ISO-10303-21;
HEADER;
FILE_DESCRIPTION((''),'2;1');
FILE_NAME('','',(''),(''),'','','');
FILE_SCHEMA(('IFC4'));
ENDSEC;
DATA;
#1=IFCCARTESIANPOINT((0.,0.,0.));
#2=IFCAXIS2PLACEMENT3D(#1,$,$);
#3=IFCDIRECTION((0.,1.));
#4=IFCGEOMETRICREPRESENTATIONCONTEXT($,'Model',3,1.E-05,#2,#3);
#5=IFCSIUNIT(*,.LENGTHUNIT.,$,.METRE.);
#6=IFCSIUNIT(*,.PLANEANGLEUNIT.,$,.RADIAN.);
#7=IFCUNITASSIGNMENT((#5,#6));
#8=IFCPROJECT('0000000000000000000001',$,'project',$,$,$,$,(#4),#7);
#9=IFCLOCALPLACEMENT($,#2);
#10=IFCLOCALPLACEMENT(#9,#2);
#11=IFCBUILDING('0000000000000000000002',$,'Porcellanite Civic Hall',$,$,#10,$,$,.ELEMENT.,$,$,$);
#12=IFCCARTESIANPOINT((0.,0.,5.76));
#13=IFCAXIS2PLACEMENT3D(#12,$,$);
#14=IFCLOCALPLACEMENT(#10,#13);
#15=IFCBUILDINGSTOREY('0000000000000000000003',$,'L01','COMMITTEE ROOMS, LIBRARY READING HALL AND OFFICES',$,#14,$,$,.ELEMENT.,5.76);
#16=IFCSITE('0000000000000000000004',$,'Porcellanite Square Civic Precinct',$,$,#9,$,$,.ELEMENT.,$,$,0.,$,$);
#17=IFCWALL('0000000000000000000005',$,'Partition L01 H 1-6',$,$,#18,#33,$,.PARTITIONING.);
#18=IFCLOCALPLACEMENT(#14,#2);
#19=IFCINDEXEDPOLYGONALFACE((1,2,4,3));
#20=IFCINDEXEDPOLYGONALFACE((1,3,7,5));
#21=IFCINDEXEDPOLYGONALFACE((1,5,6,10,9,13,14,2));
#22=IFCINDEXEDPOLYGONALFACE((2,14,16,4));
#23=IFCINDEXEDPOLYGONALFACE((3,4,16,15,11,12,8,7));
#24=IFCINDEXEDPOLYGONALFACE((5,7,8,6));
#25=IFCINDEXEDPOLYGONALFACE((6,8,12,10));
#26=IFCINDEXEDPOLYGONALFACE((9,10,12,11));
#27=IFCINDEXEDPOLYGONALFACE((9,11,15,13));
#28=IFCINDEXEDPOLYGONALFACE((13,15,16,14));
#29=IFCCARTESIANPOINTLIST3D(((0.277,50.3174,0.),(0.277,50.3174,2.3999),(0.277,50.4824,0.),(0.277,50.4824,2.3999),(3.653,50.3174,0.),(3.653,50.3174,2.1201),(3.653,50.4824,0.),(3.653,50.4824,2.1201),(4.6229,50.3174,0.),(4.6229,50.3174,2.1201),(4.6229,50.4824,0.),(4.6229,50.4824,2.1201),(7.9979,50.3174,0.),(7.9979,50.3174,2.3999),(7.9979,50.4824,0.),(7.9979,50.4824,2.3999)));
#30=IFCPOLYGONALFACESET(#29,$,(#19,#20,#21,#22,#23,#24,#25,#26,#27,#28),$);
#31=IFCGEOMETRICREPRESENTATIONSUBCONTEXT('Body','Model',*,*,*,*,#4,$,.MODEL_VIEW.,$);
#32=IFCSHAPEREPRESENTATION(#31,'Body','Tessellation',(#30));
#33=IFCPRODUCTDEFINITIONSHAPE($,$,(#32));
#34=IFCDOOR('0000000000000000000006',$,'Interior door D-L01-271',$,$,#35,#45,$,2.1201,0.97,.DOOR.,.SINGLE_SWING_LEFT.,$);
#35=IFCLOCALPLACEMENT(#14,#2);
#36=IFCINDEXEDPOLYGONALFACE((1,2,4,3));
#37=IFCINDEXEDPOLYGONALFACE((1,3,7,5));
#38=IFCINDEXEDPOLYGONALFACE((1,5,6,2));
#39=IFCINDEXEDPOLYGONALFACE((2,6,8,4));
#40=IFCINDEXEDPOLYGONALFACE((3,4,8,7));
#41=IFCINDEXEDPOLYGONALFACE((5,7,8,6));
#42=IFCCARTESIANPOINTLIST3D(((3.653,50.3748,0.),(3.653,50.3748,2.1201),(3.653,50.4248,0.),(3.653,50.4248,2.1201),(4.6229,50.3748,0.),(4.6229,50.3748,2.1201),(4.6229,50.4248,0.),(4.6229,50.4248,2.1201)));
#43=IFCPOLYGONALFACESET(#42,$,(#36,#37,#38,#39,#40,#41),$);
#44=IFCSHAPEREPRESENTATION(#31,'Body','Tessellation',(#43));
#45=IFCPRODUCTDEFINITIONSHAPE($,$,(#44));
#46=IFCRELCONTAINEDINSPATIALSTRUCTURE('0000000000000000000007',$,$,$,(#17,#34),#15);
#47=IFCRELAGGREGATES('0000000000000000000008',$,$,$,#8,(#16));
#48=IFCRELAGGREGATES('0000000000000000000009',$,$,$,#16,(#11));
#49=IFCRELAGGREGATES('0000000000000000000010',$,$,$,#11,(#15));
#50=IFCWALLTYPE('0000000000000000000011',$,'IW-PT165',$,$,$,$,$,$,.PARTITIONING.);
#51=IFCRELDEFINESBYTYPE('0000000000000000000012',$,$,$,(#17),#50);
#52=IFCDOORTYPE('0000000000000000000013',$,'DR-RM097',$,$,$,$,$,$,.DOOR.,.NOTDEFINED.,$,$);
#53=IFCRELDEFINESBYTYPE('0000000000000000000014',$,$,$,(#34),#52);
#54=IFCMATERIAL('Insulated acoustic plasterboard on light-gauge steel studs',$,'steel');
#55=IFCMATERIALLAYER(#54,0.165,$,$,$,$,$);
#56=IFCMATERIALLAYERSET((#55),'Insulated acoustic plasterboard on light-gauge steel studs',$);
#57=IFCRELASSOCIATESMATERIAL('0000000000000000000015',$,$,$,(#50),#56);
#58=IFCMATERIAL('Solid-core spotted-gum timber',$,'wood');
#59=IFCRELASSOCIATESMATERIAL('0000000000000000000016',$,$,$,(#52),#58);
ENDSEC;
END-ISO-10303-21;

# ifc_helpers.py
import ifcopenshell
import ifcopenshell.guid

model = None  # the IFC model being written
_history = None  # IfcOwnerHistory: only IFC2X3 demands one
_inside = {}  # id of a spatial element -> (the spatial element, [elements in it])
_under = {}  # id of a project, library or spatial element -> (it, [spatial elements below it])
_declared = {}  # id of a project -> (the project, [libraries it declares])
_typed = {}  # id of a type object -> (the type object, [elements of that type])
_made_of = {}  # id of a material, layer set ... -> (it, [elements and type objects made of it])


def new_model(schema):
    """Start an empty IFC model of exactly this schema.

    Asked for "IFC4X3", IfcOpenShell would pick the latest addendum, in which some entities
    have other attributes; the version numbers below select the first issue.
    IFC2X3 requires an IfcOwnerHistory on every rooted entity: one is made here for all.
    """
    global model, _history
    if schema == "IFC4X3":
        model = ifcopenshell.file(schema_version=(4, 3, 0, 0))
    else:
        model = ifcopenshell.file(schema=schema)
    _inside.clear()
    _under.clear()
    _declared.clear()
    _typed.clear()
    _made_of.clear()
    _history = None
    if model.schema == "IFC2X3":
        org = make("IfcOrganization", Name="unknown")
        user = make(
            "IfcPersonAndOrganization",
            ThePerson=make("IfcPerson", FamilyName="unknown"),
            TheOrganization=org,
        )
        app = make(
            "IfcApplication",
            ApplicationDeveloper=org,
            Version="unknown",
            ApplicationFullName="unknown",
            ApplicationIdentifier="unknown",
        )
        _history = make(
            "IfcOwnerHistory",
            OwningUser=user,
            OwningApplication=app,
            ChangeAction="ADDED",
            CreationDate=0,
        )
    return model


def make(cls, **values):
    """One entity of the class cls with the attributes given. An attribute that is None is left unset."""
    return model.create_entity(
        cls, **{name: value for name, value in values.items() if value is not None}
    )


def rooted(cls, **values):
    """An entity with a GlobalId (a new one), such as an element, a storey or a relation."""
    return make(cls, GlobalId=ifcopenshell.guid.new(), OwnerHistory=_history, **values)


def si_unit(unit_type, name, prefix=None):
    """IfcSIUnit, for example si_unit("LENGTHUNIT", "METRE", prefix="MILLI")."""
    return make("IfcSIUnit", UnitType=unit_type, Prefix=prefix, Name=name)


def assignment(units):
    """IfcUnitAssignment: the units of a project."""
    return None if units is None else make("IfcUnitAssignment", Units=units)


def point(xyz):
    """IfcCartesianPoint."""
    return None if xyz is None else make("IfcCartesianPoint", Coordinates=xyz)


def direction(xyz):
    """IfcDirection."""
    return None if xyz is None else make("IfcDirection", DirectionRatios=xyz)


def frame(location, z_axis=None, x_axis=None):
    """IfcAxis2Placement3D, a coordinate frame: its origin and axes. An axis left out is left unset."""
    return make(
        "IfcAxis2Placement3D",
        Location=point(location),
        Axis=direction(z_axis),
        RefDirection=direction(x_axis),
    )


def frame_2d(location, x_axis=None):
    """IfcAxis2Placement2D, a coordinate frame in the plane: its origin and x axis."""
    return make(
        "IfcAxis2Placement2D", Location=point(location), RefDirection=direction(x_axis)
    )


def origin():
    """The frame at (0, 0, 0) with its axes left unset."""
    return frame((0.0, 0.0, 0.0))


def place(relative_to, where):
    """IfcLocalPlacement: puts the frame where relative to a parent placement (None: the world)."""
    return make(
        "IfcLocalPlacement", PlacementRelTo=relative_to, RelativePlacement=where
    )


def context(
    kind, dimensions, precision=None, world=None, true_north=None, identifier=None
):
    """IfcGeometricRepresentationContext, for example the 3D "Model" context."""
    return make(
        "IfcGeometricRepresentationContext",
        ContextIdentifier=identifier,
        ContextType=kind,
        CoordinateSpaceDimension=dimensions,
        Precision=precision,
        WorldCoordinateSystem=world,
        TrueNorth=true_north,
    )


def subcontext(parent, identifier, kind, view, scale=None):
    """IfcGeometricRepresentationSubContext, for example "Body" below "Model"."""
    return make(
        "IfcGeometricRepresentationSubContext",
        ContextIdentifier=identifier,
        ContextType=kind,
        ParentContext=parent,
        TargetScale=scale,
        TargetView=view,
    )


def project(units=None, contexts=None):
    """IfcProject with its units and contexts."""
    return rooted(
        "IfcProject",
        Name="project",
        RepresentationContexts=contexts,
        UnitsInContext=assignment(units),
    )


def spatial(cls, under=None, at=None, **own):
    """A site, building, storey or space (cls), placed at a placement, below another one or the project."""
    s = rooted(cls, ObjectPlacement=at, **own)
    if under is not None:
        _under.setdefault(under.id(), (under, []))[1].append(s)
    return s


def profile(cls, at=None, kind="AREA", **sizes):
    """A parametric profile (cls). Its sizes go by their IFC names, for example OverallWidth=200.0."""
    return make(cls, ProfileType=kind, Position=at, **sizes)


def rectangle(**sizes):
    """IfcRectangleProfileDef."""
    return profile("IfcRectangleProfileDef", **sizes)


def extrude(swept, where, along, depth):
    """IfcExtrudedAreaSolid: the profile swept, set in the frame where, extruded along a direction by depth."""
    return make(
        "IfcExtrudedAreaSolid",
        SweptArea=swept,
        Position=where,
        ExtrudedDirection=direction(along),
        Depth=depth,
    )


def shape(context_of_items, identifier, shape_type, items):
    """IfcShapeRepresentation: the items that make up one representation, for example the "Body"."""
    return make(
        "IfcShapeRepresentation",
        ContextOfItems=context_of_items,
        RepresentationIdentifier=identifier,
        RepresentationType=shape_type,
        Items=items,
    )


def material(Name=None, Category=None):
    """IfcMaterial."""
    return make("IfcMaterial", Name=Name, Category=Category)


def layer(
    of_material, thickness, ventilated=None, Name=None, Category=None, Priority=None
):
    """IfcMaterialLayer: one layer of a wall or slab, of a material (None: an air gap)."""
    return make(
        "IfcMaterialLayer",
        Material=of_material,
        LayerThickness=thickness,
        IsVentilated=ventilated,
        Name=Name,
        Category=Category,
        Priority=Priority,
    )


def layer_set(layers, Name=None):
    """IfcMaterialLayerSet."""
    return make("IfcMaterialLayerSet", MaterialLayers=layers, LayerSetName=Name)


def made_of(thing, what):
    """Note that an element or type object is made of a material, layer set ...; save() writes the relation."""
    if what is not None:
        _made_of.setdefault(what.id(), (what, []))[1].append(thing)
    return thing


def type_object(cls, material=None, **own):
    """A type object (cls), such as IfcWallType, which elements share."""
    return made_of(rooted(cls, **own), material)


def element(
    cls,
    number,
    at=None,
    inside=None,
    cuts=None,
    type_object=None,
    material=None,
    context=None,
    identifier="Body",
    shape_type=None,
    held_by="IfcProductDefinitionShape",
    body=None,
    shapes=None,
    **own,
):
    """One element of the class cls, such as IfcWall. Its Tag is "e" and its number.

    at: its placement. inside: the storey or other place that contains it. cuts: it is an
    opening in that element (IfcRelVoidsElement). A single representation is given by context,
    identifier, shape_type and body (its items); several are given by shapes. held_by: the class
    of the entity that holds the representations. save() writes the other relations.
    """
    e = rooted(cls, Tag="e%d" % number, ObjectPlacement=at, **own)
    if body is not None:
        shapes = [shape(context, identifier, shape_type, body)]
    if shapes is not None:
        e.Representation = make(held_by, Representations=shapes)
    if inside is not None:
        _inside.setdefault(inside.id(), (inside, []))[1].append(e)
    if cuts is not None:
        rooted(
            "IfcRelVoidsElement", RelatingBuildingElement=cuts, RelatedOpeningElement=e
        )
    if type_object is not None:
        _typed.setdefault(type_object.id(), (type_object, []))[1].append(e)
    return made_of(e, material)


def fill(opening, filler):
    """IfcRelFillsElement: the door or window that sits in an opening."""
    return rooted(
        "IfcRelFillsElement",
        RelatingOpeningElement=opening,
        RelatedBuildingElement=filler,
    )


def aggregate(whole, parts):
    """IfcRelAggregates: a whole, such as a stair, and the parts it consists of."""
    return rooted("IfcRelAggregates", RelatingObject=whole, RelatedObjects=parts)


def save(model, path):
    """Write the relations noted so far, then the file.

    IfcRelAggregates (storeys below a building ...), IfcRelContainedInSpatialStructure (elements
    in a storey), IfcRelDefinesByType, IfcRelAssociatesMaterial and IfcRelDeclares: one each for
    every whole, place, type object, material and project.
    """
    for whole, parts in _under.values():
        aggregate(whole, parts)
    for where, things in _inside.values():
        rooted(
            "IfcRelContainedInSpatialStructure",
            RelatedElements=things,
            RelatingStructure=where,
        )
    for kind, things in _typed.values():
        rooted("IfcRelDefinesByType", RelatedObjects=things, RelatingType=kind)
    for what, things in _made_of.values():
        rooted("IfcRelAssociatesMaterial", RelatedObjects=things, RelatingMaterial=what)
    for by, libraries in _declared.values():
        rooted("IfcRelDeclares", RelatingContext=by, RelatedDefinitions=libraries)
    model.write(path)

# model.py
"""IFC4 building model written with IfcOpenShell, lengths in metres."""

from ifc_helpers import new_model, si_unit, direction, frame, frame_2d, origin, place, context, subcontext, project, spatial, rectangle, extrude, material, layer, layer_set, type_object, element, fill, save


model = new_model("IFC4")

# Units and contexts
model_context = context("Model", 3, precision=1e-05, world=origin(), true_north=direction((0.0, 1.0)))
body_context = subcontext(model_context, "Body", "Model", "MODEL_VIEW")
ifc_project = project(units=[si_unit("LENGTHUNIT", "METRE"), si_unit("PLANEANGLEUNIT", "RADIAN")], contexts=[model_context])

# Site, building, storey
site_placement = place(None, origin())
site = spatial("IfcSite", under=ifc_project, at=site_placement, Name="Porcellanite Square Civic Precinct", CompositionType="ELEMENT", RefElevation=0.0)
building_placement = place(site_placement, origin())
building = spatial("IfcBuilding", under=site, at=building_placement, Name="Porcellanite Civic Hall", CompositionType="ELEMENT")
storey_placement = place(building_placement, frame((0.0, 0.0, 5.76)))
storey = spatial("IfcBuildingStorey", under=building, at=storey_placement, Name="L01", Description="COMMITTEE ROOMS, LIBRARY READING HALL AND OFFICES", CompositionType="ELEMENT", Elevation=5.76)

# Wall, opening, door
ifc_material_1 = material(Name="Insulated acoustic plasterboard on light-gauge steel studs", Category="steel")
ifc_layer_1 = layer(ifc_material_1, 0.165)
ifc_layer_set_1 = layer_set([ifc_layer_1], Name="Insulated acoustic plasterboard on light-gauge steel studs")
wall_type_1 = type_object("IfcWallType", Name="IW-PT165", PredefinedType="PARTITIONING", material=ifc_layer_set_1)
wall_1_placement = place(storey_placement, frame((0.2771, 50.3999, 0.0), z_axis=(0.0, 0.0, 1.0), x_axis=(1.0, 0.0, 0.0)))
wall_1 = element("IfcWall", 1, at=wall_1_placement, inside=storey, type_object=wall_type_1, Name="Partition L01 H 1-6", PredefinedType="PARTITIONING", context=body_context, shape_type="SweptSolid", body=[
    extrude(rectangle(XDim=7.7209, YDim=0.165, at=frame_2d((3.8604, 0.0))), origin(), (0.0, 0.0, 1.0), 2.3999),
])
opening_1_placement = place(wall_1_placement, frame((3.376, 0.0, 0.0)))
opening_1 = element("IfcOpeningElement", 2, at=opening_1_placement, cuts=wall_1, PredefinedType="OPENING", context=body_context, shape_type="SweptSolid", body=[
    extrude(rectangle(XDim=0.97, YDim=2.1201, at=frame_2d((0.4849, 1.0601))), frame((0.0, 0.0825, 0.0), z_axis=(0.0, -1.0, 0.0), x_axis=(1.0, 0.0, 0.0)), (0.0, 0.0, 1.0), 0.165),
])
ifc_material_2 = material(Name="Solid-core spotted-gum timber", Category="wood")
door_type_1 = type_object("IfcDoorType", Name="DR-RM097", OperationType="NOTDEFINED", PredefinedType="DOOR", material=ifc_material_2)
door_1_placement = place(opening_1_placement, origin())
door_1 = element("IfcDoor", 3, at=door_1_placement, inside=storey, type_object=door_type_1, Name="Interior door D-L01-271", OperationType="SINGLE_SWING_LEFT", OverallHeight=2.1201, OverallWidth=0.97, PredefinedType="DOOR", context=body_context, shape_type="SweptSolid", body=[
    extrude(rectangle(XDim=0.97, YDim=2.1201, at=frame_2d((0.4849, 1.0601))), frame((0.0, 0.0249, 0.0), z_axis=(0.0, -1.0, 0.0), x_axis=(1.0, 0.0, 0.0)), (0.0, 0.0, 1.0), 0.05),
])
fill(opening_1, door_1)

save(model, "model.ifc")
